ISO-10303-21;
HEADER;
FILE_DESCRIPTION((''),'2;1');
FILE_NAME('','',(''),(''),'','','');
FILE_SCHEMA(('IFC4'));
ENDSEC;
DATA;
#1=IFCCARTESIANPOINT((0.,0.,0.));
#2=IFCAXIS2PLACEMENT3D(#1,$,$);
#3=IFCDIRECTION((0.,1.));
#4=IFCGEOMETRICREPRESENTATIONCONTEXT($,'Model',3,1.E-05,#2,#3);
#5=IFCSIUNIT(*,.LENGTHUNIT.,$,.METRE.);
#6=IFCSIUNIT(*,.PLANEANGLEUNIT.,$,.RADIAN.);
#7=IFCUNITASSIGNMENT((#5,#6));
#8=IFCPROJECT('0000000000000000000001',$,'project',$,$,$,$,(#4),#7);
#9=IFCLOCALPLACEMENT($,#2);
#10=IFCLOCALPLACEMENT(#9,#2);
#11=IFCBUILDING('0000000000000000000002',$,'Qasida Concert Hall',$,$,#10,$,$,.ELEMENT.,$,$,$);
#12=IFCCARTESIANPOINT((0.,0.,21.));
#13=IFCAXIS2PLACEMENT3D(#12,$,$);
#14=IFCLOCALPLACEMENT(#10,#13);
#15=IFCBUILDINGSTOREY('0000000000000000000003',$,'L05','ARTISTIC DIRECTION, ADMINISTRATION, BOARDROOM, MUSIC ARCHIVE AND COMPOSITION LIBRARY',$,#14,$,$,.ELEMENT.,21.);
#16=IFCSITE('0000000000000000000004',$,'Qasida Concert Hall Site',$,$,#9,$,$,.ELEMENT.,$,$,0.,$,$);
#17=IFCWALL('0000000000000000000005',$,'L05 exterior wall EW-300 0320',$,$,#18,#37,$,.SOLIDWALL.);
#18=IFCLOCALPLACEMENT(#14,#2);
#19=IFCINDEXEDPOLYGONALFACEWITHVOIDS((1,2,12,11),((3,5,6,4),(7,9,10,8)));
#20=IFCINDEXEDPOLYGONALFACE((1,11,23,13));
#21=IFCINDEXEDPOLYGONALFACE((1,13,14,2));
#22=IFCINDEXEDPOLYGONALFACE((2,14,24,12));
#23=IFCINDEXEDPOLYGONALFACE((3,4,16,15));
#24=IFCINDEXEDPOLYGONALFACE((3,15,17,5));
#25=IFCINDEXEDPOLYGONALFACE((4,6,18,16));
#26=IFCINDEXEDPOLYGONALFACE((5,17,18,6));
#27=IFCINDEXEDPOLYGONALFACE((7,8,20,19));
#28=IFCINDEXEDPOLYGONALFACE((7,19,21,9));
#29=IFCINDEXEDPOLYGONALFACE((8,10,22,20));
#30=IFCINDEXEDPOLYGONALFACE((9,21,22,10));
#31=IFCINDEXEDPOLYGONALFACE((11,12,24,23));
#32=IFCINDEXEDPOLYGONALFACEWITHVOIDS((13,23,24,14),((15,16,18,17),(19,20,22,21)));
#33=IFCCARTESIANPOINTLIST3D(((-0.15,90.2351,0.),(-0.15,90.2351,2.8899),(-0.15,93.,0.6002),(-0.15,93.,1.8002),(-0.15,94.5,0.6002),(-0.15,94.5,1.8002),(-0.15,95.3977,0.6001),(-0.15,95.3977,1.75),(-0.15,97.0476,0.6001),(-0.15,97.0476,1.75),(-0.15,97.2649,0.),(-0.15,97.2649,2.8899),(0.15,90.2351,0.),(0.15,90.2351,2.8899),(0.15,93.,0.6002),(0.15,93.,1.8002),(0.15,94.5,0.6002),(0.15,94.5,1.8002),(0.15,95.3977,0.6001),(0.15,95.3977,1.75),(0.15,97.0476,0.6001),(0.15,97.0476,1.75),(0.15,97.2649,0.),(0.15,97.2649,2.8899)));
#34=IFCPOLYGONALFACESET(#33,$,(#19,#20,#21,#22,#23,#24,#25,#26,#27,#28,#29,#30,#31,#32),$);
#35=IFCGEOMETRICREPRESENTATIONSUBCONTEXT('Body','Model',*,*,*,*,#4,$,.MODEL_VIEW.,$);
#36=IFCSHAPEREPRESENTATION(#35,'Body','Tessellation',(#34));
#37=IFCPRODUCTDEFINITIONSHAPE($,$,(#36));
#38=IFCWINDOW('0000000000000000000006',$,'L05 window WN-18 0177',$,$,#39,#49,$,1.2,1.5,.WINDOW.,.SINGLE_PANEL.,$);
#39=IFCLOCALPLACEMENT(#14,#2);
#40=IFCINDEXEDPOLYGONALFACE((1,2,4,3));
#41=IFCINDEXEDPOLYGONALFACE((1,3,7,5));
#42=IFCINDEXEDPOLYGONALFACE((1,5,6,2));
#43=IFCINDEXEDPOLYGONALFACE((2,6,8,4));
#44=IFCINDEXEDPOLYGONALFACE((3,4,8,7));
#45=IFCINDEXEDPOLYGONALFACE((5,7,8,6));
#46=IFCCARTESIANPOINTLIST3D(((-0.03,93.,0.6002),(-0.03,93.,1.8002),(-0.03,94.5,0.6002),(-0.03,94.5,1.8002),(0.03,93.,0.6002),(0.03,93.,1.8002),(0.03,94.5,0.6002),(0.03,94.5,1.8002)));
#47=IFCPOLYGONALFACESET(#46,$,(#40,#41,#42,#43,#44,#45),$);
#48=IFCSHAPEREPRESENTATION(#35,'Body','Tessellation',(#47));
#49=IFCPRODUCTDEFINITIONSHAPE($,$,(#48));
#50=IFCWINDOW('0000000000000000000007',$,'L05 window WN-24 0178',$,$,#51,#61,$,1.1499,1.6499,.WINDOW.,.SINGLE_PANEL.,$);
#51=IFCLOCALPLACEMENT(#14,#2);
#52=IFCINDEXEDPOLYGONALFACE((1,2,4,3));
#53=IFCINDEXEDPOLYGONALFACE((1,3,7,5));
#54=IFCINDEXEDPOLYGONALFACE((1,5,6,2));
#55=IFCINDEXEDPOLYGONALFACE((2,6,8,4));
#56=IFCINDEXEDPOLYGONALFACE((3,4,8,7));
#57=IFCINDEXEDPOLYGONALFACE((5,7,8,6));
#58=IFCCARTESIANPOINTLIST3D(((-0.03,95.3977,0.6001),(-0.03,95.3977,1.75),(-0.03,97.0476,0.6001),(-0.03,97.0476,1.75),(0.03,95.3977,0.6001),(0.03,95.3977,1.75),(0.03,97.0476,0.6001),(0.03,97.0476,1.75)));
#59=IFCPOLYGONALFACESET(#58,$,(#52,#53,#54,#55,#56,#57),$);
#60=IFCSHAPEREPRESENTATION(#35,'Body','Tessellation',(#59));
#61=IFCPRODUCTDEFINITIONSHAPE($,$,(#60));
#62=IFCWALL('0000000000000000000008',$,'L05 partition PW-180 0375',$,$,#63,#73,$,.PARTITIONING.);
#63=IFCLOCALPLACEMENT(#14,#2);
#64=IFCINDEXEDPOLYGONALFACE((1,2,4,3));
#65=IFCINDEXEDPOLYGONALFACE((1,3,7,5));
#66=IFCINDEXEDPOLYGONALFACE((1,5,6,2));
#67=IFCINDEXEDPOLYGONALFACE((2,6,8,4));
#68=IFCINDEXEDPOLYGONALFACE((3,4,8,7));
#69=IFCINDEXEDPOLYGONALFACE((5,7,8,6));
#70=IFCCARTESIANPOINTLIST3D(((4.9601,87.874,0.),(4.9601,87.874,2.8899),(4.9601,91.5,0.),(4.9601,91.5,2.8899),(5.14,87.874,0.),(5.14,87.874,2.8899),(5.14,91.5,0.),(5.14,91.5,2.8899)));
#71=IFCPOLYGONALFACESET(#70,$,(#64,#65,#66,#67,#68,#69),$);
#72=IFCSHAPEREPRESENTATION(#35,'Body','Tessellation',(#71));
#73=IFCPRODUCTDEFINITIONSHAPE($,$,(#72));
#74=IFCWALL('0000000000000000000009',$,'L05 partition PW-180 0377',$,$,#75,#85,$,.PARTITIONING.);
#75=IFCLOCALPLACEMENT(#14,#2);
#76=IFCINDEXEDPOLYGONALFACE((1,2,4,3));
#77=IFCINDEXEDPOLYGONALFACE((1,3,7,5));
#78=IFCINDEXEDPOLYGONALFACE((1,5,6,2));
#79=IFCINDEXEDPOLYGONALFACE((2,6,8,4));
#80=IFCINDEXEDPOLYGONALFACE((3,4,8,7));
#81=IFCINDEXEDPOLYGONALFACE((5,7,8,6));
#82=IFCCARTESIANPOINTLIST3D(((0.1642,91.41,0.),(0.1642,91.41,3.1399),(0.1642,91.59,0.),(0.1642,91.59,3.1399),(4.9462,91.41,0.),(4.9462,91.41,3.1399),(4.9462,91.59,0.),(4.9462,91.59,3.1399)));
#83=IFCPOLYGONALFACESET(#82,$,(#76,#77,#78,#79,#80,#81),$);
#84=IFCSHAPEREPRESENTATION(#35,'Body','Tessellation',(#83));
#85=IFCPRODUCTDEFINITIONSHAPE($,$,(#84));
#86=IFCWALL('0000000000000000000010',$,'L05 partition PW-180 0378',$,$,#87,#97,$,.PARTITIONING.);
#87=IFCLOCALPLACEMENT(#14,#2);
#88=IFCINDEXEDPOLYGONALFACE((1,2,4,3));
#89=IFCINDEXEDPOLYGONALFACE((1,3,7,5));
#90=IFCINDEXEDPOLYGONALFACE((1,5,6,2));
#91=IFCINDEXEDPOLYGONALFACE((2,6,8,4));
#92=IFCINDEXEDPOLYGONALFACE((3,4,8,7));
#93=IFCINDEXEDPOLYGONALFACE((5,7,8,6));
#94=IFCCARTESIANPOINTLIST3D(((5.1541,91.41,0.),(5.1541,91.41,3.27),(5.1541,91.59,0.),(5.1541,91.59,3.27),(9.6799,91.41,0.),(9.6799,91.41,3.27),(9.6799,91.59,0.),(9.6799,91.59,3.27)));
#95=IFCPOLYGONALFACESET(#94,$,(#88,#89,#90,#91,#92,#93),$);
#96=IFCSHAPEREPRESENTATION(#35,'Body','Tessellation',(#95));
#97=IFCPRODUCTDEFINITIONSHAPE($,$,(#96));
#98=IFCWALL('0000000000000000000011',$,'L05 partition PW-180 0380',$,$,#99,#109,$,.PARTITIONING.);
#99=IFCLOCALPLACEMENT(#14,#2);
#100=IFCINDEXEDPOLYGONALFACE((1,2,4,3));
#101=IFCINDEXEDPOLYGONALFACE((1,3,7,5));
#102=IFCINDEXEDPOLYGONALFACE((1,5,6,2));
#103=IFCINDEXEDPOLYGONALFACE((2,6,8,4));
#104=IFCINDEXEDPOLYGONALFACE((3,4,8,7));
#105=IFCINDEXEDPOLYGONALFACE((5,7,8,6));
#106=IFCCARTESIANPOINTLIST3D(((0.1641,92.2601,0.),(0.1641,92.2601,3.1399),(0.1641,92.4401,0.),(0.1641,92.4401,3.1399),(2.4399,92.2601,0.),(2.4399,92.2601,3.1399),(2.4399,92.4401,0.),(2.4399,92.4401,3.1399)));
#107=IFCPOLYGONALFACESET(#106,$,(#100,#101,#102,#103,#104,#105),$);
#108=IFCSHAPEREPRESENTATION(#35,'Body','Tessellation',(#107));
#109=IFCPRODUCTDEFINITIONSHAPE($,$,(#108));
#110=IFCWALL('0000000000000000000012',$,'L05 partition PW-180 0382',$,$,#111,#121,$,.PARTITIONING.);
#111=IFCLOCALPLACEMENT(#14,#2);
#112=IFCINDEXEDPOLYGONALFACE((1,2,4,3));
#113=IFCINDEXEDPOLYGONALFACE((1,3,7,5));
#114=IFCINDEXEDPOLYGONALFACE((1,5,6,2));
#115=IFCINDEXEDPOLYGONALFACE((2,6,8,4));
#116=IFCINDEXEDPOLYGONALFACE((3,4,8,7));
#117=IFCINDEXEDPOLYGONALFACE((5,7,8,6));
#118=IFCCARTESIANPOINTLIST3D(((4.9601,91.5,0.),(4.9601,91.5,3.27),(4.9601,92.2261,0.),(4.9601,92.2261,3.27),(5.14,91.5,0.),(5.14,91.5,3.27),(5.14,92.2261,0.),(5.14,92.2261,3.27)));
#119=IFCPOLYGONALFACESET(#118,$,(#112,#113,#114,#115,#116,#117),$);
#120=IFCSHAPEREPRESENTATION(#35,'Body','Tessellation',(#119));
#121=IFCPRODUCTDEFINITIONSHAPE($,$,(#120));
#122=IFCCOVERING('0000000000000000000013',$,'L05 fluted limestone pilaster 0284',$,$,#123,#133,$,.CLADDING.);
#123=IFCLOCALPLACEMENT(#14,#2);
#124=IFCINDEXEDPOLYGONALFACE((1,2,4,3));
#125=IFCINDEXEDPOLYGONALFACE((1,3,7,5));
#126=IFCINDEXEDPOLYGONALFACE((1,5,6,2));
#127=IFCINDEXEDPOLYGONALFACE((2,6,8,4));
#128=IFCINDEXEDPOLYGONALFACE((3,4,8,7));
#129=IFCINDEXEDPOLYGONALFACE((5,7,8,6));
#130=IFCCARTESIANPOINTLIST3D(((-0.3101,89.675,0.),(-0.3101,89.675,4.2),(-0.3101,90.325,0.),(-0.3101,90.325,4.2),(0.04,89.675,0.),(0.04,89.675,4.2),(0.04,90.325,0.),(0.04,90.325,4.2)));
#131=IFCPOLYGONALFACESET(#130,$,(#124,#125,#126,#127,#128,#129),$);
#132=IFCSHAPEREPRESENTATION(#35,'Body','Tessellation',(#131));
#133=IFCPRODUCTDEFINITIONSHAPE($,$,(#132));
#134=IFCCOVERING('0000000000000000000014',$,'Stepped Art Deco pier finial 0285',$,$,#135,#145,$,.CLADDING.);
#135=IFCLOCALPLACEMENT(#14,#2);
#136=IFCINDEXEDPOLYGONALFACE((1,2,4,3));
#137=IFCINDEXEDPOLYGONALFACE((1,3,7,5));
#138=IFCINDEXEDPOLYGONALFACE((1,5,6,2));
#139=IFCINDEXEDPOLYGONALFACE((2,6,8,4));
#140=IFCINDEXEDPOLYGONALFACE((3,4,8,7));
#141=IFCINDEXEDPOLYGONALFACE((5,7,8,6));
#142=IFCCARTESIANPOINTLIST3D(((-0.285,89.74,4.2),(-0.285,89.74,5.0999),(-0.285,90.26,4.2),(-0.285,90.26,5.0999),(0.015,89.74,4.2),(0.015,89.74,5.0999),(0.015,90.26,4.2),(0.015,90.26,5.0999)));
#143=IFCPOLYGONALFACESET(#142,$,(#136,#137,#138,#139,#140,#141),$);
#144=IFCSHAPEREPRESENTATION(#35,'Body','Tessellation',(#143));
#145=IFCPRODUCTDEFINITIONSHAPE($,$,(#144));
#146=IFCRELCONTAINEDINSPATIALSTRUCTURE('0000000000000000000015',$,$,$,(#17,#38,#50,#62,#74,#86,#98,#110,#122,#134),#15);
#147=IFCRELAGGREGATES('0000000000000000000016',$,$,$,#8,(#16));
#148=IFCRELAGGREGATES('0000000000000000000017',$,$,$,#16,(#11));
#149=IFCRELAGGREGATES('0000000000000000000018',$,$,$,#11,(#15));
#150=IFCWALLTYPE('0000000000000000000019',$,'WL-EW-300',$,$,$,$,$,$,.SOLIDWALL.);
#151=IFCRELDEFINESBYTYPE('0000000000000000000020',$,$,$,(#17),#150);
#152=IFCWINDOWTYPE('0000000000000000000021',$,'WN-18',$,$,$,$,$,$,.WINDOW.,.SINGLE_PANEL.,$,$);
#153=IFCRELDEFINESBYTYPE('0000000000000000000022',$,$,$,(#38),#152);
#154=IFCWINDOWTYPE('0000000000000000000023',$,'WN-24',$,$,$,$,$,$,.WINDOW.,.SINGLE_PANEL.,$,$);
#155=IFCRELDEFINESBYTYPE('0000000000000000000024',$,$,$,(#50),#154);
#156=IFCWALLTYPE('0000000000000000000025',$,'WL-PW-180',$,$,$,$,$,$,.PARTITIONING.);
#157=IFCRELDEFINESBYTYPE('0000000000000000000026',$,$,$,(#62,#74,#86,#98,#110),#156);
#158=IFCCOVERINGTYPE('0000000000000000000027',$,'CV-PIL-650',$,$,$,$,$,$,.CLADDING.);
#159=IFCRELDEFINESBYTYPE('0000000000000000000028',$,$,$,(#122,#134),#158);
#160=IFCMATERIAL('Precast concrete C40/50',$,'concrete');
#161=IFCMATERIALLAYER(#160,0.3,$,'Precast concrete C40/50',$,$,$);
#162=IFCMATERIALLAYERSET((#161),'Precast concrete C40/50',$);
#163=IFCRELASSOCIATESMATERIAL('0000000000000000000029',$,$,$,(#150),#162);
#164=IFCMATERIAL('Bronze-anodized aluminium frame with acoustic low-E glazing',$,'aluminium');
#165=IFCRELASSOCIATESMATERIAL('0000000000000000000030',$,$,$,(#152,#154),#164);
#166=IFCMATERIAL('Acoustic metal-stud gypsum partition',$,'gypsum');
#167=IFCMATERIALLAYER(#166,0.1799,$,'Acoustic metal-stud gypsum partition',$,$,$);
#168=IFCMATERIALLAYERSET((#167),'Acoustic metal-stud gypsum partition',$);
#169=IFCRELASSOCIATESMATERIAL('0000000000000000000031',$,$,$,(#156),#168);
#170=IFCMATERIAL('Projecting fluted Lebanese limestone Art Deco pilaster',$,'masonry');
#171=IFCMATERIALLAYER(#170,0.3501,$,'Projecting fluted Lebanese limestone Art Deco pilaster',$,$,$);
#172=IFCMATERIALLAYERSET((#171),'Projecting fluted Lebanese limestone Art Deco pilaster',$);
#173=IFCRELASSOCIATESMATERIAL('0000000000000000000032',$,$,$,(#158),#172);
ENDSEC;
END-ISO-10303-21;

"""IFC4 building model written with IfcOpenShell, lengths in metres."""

from ifc_helpers import new_model, si_unit, direction, frame, frame_2d, origin, origin_2d, place, context, subcontext, project, spatial, rectangle, extrude, material, layer, layer_set, type_object, element, fill, save


model = new_model("IFC4")

# Units and contexts
model_context = context("Model", 3, precision=1e-05, world=origin(), true_north=direction((0.0, 1.0)))
body_context = subcontext(model_context, "Body", "Model", "MODEL_VIEW")
ifc_project = project(units=[si_unit("LENGTHUNIT", "METRE"), si_unit("PLANEANGLEUNIT", "RADIAN")], contexts=[model_context])

# Site, building, storey
site_placement = place(None, origin())
site = spatial("IfcSite", under=ifc_project, at=site_placement, Name="Qasida Concert Hall Site", CompositionType="ELEMENT", RefElevation=0.0)
building_placement = place(site_placement, origin())
building = spatial("IfcBuilding", under=site, at=building_placement, Name="Qasida Concert Hall", CompositionType="ELEMENT")
storey_placement = place(building_placement, frame((0.0, 0.0, 21.0)))
storey = spatial("IfcBuildingStorey", under=building, at=storey_placement, Name="L05", Description="ARTISTIC DIRECTION, ADMINISTRATION, BOARDROOM, MUSIC ARCHIVE AND COMPOSITION LIBRARY", CompositionType="ELEMENT", Elevation=21.0)

# Wall, openings, windows
ifc_material_1 = material(Name="Precast concrete C40/50", Category="concrete")
ifc_layer_1 = layer(ifc_material_1, 0.3, Name="Precast concrete C40/50")
ifc_layer_set_1 = layer_set([ifc_layer_1], Name="Precast concrete C40/50")
wall_type_1 = type_object("IfcWallType", Name="WL-EW-300", PredefinedType="SOLIDWALL", material=ifc_layer_set_1)
wall_1_placement = place(storey_placement, frame((0.0, 90.2351, 0.0), z_axis=(0.0, 0.0, 1.0), x_axis=(0.0, 1.0, 0.0)))
wall_1 = element("IfcWall", 1, at=wall_1_placement, inside=storey, type_object=wall_type_1, Name="L05 exterior wall EW-300 0320", PredefinedType="SOLIDWALL", context=body_context, shape_type="SweptSolid", body=[
    extrude(rectangle(XDim=7.0298, YDim=0.3, at=frame_2d((3.5149, 0.0))), origin(), (0.0, 0.0, 1.0), 2.8899),
])
opening_1_placement = place(wall_1_placement, frame((2.7649, 0.0, 0.6001)))
opening_1 = element("IfcOpeningElement", 2, at=opening_1_placement, cuts=wall_1, PredefinedType="OPENING", context=body_context, shape_type="SweptSolid", body=[
    extrude(rectangle(XDim=1.5, YDim=1.2, at=frame_2d((0.75, 0.6001))), frame((0.0, 0.1599, 0.0), z_axis=(0.0, -1.0, 0.0), x_axis=(1.0, 0.0, 0.0)), (0.0, 0.0, 1.0), 0.3201),
])
opening_2_placement = place(wall_1_placement, frame((5.1626, 0.0, 0.6001)))
opening_2 = element("IfcOpeningElement", 3, at=opening_2_placement, cuts=wall_1, PredefinedType="OPENING", context=body_context, shape_type="SweptSolid", body=[
    extrude(rectangle(XDim=1.6499, YDim=1.1499, at=frame_2d((0.825, 0.575))), frame((0.0, 0.1599, 0.0), z_axis=(0.0, -1.0, 0.0), x_axis=(1.0, 0.0, 0.0)), (0.0, 0.0, 1.0), 0.3201),
])
ifc_material_2 = material(Name="Bronze-anodized aluminium frame with acoustic low-E glazing", Category="aluminium")
window_type_1 = type_object("IfcWindowType", Name="WN-18", PartitioningType="SINGLE_PANEL", PredefinedType="WINDOW", material=ifc_material_2)
window_1_placement = place(opening_1_placement, origin())
window_1 = element("IfcWindow", 4, at=window_1_placement, inside=storey, type_object=window_type_1, Name="L05 window WN-18 0177", OverallHeight=1.2, OverallWidth=1.5, PartitioningType="SINGLE_PANEL", PredefinedType="WINDOW", context=body_context, shape_type="SweptSolid", body=[
    extrude(rectangle(XDim=1.5, YDim=1.2, at=frame_2d((0.75, 0.6001))), frame((0.0, 0.03, 0.0), z_axis=(0.0, -1.0, 0.0), x_axis=(1.0, 0.0, 0.0)), (0.0, 0.0, 1.0), 0.0601),
])
fill(opening_1, window_1)
window_type_2 = type_object("IfcWindowType", Name="WN-24", PartitioningType="SINGLE_PANEL", PredefinedType="WINDOW", material=ifc_material_2)
window_2_placement = place(opening_2_placement, origin())
window_2 = element("IfcWindow", 5, at=window_2_placement, inside=storey, type_object=window_type_2, Name="L05 window WN-24 0178", OverallHeight=1.1499, OverallWidth=1.6499, PartitioningType="SINGLE_PANEL", PredefinedType="WINDOW", context=body_context, shape_type="SweptSolid", body=[
    extrude(rectangle(XDim=1.6499, YDim=1.1499, at=frame_2d((0.825, 0.575))), frame((0.0, 0.03, 0.0), z_axis=(0.0, -1.0, 0.0), x_axis=(1.0, 0.0, 0.0)), (0.0, 0.0, 1.0), 0.0601),
])
fill(opening_2, window_2)

# Walls
ifc_material_3 = material(Name="Acoustic metal-stud gypsum partition", Category="gypsum")
ifc_layer_2 = layer(ifc_material_3, 0.1799, Name="Acoustic metal-stud gypsum partition")
ifc_layer_set_2 = layer_set([ifc_layer_2], Name="Acoustic metal-stud gypsum partition")
wall_type_2 = type_object("IfcWallType", Name="WL-PW-180", PredefinedType="PARTITIONING", material=ifc_layer_set_2)
wall_2_placement = place(storey_placement, frame((5.05, 87.874, 0.0), z_axis=(0.0, 0.0, 1.0), x_axis=(0.0, 1.0, 0.0)))
element("IfcWall", 6, at=wall_2_placement, inside=storey, type_object=wall_type_2, Name="L05 partition PW-180 0375", PredefinedType="PARTITIONING", context=body_context, shape_type="SweptSolid", body=[
    extrude(rectangle(XDim=3.626, YDim=0.1799, at=frame_2d((1.813, 0.0))), origin(), (0.0, 0.0, 1.0), 2.8899),
])
wall_3_placement = place(storey_placement, frame((0.1641, 91.5, 0.0), z_axis=(0.0, 0.0, 1.0), x_axis=(1.0, 0.0, 0.0)))
element("IfcWall", 7, at=wall_3_placement, inside=storey, type_object=wall_type_2, Name="L05 partition PW-180 0377", PredefinedType="PARTITIONING", context=body_context, shape_type="SweptSolid", body=[
    extrude(rectangle(XDim=4.782, YDim=0.1799, at=frame_2d((2.3911, 0.0))), origin(), (0.0, 0.0, 1.0), 3.1399),
])
wall_4_placement = place(storey_placement, frame((5.1541, 91.5, 0.0), z_axis=(0.0, 0.0, 1.0), x_axis=(1.0, 0.0, 0.0)))
element("IfcWall", 8, at=wall_4_placement, inside=storey, type_object=wall_type_2, Name="L05 partition PW-180 0378", PredefinedType="PARTITIONING", context=body_context, shape_type="SweptSolid", body=[
    extrude(rectangle(XDim=4.5259, YDim=0.1799, at=frame_2d((2.2629, 0.0))), origin(), (0.0, 0.0, 1.0), 3.27),
])
wall_5_placement = place(storey_placement, frame((0.1641, 92.3501, 0.0), z_axis=(0.0, 0.0, 1.0), x_axis=(1.0, 0.0, 0.0)))
element("IfcWall", 9, at=wall_5_placement, inside=storey, type_object=wall_type_2, Name="L05 partition PW-180 0380", PredefinedType="PARTITIONING", context=body_context, shape_type="SweptSolid", body=[
    extrude(rectangle(XDim=2.2759, YDim=0.1799, at=frame_2d((1.1379, 0.0))), origin(), (0.0, 0.0, 1.0), 3.1399),
])
wall_6_placement = place(storey_placement, frame((5.05, 91.5, 0.0), z_axis=(0.0, 0.0, 1.0), x_axis=(0.0, 1.0, 0.0)))
element("IfcWall", 10, at=wall_6_placement, inside=storey, type_object=wall_type_2, Name="L05 partition PW-180 0382", PredefinedType="PARTITIONING", context=body_context, shape_type="SweptSolid", body=[
    extrude(rectangle(XDim=0.7261, YDim=0.1799, at=frame_2d((0.363, 0.0))), origin(), (0.0, 0.0, 1.0), 3.27),
])

# Coverings
ifc_material_4 = material(Name="Projecting fluted Lebanese limestone Art Deco pilaster", Category="masonry")
ifc_layer_3 = layer(ifc_material_4, 0.3501, Name="Projecting fluted Lebanese limestone Art Deco pilaster")
ifc_layer_set_3 = layer_set([ifc_layer_3], Name="Projecting fluted Lebanese limestone Art Deco pilaster")
covering_type = type_object("IfcCoveringType", Name="CV-PIL-650", PredefinedType="CLADDING", material=ifc_layer_set_3)
covering_1_placement = place(storey_placement, frame((-0.135, 90.0, 0.0), z_axis=(0.0, 0.0, 1.0), x_axis=(1.0, 0.0, 0.0)))
element("IfcCovering", 11, at=covering_1_placement, inside=storey, type_object=covering_type, Name="L05 fluted limestone pilaster 0284", PredefinedType="CLADDING", context=body_context, shape_type="SweptSolid", body=[
    extrude(rectangle(XDim=0.3501, YDim=0.6499, at=origin_2d()), origin(), (0.0, 0.0, 1.0), 4.2),
])
covering_2_placement = place(storey_placement, frame((-0.135, 90.0, 4.2), z_axis=(0.0, 0.0, 1.0), x_axis=(1.0, 0.0, 0.0)))
element("IfcCovering", 12, at=covering_2_placement, inside=storey, type_object=covering_type, Name="Stepped Art Deco pier finial 0285", PredefinedType="CLADDING", context=body_context, shape_type="SweptSolid", body=[
    extrude(rectangle(XDim=0.3, YDim=0.52, at=origin_2d()), origin(), (0.0, 0.0, 1.0), 0.8999),
])

save(model, "model.ifc")
